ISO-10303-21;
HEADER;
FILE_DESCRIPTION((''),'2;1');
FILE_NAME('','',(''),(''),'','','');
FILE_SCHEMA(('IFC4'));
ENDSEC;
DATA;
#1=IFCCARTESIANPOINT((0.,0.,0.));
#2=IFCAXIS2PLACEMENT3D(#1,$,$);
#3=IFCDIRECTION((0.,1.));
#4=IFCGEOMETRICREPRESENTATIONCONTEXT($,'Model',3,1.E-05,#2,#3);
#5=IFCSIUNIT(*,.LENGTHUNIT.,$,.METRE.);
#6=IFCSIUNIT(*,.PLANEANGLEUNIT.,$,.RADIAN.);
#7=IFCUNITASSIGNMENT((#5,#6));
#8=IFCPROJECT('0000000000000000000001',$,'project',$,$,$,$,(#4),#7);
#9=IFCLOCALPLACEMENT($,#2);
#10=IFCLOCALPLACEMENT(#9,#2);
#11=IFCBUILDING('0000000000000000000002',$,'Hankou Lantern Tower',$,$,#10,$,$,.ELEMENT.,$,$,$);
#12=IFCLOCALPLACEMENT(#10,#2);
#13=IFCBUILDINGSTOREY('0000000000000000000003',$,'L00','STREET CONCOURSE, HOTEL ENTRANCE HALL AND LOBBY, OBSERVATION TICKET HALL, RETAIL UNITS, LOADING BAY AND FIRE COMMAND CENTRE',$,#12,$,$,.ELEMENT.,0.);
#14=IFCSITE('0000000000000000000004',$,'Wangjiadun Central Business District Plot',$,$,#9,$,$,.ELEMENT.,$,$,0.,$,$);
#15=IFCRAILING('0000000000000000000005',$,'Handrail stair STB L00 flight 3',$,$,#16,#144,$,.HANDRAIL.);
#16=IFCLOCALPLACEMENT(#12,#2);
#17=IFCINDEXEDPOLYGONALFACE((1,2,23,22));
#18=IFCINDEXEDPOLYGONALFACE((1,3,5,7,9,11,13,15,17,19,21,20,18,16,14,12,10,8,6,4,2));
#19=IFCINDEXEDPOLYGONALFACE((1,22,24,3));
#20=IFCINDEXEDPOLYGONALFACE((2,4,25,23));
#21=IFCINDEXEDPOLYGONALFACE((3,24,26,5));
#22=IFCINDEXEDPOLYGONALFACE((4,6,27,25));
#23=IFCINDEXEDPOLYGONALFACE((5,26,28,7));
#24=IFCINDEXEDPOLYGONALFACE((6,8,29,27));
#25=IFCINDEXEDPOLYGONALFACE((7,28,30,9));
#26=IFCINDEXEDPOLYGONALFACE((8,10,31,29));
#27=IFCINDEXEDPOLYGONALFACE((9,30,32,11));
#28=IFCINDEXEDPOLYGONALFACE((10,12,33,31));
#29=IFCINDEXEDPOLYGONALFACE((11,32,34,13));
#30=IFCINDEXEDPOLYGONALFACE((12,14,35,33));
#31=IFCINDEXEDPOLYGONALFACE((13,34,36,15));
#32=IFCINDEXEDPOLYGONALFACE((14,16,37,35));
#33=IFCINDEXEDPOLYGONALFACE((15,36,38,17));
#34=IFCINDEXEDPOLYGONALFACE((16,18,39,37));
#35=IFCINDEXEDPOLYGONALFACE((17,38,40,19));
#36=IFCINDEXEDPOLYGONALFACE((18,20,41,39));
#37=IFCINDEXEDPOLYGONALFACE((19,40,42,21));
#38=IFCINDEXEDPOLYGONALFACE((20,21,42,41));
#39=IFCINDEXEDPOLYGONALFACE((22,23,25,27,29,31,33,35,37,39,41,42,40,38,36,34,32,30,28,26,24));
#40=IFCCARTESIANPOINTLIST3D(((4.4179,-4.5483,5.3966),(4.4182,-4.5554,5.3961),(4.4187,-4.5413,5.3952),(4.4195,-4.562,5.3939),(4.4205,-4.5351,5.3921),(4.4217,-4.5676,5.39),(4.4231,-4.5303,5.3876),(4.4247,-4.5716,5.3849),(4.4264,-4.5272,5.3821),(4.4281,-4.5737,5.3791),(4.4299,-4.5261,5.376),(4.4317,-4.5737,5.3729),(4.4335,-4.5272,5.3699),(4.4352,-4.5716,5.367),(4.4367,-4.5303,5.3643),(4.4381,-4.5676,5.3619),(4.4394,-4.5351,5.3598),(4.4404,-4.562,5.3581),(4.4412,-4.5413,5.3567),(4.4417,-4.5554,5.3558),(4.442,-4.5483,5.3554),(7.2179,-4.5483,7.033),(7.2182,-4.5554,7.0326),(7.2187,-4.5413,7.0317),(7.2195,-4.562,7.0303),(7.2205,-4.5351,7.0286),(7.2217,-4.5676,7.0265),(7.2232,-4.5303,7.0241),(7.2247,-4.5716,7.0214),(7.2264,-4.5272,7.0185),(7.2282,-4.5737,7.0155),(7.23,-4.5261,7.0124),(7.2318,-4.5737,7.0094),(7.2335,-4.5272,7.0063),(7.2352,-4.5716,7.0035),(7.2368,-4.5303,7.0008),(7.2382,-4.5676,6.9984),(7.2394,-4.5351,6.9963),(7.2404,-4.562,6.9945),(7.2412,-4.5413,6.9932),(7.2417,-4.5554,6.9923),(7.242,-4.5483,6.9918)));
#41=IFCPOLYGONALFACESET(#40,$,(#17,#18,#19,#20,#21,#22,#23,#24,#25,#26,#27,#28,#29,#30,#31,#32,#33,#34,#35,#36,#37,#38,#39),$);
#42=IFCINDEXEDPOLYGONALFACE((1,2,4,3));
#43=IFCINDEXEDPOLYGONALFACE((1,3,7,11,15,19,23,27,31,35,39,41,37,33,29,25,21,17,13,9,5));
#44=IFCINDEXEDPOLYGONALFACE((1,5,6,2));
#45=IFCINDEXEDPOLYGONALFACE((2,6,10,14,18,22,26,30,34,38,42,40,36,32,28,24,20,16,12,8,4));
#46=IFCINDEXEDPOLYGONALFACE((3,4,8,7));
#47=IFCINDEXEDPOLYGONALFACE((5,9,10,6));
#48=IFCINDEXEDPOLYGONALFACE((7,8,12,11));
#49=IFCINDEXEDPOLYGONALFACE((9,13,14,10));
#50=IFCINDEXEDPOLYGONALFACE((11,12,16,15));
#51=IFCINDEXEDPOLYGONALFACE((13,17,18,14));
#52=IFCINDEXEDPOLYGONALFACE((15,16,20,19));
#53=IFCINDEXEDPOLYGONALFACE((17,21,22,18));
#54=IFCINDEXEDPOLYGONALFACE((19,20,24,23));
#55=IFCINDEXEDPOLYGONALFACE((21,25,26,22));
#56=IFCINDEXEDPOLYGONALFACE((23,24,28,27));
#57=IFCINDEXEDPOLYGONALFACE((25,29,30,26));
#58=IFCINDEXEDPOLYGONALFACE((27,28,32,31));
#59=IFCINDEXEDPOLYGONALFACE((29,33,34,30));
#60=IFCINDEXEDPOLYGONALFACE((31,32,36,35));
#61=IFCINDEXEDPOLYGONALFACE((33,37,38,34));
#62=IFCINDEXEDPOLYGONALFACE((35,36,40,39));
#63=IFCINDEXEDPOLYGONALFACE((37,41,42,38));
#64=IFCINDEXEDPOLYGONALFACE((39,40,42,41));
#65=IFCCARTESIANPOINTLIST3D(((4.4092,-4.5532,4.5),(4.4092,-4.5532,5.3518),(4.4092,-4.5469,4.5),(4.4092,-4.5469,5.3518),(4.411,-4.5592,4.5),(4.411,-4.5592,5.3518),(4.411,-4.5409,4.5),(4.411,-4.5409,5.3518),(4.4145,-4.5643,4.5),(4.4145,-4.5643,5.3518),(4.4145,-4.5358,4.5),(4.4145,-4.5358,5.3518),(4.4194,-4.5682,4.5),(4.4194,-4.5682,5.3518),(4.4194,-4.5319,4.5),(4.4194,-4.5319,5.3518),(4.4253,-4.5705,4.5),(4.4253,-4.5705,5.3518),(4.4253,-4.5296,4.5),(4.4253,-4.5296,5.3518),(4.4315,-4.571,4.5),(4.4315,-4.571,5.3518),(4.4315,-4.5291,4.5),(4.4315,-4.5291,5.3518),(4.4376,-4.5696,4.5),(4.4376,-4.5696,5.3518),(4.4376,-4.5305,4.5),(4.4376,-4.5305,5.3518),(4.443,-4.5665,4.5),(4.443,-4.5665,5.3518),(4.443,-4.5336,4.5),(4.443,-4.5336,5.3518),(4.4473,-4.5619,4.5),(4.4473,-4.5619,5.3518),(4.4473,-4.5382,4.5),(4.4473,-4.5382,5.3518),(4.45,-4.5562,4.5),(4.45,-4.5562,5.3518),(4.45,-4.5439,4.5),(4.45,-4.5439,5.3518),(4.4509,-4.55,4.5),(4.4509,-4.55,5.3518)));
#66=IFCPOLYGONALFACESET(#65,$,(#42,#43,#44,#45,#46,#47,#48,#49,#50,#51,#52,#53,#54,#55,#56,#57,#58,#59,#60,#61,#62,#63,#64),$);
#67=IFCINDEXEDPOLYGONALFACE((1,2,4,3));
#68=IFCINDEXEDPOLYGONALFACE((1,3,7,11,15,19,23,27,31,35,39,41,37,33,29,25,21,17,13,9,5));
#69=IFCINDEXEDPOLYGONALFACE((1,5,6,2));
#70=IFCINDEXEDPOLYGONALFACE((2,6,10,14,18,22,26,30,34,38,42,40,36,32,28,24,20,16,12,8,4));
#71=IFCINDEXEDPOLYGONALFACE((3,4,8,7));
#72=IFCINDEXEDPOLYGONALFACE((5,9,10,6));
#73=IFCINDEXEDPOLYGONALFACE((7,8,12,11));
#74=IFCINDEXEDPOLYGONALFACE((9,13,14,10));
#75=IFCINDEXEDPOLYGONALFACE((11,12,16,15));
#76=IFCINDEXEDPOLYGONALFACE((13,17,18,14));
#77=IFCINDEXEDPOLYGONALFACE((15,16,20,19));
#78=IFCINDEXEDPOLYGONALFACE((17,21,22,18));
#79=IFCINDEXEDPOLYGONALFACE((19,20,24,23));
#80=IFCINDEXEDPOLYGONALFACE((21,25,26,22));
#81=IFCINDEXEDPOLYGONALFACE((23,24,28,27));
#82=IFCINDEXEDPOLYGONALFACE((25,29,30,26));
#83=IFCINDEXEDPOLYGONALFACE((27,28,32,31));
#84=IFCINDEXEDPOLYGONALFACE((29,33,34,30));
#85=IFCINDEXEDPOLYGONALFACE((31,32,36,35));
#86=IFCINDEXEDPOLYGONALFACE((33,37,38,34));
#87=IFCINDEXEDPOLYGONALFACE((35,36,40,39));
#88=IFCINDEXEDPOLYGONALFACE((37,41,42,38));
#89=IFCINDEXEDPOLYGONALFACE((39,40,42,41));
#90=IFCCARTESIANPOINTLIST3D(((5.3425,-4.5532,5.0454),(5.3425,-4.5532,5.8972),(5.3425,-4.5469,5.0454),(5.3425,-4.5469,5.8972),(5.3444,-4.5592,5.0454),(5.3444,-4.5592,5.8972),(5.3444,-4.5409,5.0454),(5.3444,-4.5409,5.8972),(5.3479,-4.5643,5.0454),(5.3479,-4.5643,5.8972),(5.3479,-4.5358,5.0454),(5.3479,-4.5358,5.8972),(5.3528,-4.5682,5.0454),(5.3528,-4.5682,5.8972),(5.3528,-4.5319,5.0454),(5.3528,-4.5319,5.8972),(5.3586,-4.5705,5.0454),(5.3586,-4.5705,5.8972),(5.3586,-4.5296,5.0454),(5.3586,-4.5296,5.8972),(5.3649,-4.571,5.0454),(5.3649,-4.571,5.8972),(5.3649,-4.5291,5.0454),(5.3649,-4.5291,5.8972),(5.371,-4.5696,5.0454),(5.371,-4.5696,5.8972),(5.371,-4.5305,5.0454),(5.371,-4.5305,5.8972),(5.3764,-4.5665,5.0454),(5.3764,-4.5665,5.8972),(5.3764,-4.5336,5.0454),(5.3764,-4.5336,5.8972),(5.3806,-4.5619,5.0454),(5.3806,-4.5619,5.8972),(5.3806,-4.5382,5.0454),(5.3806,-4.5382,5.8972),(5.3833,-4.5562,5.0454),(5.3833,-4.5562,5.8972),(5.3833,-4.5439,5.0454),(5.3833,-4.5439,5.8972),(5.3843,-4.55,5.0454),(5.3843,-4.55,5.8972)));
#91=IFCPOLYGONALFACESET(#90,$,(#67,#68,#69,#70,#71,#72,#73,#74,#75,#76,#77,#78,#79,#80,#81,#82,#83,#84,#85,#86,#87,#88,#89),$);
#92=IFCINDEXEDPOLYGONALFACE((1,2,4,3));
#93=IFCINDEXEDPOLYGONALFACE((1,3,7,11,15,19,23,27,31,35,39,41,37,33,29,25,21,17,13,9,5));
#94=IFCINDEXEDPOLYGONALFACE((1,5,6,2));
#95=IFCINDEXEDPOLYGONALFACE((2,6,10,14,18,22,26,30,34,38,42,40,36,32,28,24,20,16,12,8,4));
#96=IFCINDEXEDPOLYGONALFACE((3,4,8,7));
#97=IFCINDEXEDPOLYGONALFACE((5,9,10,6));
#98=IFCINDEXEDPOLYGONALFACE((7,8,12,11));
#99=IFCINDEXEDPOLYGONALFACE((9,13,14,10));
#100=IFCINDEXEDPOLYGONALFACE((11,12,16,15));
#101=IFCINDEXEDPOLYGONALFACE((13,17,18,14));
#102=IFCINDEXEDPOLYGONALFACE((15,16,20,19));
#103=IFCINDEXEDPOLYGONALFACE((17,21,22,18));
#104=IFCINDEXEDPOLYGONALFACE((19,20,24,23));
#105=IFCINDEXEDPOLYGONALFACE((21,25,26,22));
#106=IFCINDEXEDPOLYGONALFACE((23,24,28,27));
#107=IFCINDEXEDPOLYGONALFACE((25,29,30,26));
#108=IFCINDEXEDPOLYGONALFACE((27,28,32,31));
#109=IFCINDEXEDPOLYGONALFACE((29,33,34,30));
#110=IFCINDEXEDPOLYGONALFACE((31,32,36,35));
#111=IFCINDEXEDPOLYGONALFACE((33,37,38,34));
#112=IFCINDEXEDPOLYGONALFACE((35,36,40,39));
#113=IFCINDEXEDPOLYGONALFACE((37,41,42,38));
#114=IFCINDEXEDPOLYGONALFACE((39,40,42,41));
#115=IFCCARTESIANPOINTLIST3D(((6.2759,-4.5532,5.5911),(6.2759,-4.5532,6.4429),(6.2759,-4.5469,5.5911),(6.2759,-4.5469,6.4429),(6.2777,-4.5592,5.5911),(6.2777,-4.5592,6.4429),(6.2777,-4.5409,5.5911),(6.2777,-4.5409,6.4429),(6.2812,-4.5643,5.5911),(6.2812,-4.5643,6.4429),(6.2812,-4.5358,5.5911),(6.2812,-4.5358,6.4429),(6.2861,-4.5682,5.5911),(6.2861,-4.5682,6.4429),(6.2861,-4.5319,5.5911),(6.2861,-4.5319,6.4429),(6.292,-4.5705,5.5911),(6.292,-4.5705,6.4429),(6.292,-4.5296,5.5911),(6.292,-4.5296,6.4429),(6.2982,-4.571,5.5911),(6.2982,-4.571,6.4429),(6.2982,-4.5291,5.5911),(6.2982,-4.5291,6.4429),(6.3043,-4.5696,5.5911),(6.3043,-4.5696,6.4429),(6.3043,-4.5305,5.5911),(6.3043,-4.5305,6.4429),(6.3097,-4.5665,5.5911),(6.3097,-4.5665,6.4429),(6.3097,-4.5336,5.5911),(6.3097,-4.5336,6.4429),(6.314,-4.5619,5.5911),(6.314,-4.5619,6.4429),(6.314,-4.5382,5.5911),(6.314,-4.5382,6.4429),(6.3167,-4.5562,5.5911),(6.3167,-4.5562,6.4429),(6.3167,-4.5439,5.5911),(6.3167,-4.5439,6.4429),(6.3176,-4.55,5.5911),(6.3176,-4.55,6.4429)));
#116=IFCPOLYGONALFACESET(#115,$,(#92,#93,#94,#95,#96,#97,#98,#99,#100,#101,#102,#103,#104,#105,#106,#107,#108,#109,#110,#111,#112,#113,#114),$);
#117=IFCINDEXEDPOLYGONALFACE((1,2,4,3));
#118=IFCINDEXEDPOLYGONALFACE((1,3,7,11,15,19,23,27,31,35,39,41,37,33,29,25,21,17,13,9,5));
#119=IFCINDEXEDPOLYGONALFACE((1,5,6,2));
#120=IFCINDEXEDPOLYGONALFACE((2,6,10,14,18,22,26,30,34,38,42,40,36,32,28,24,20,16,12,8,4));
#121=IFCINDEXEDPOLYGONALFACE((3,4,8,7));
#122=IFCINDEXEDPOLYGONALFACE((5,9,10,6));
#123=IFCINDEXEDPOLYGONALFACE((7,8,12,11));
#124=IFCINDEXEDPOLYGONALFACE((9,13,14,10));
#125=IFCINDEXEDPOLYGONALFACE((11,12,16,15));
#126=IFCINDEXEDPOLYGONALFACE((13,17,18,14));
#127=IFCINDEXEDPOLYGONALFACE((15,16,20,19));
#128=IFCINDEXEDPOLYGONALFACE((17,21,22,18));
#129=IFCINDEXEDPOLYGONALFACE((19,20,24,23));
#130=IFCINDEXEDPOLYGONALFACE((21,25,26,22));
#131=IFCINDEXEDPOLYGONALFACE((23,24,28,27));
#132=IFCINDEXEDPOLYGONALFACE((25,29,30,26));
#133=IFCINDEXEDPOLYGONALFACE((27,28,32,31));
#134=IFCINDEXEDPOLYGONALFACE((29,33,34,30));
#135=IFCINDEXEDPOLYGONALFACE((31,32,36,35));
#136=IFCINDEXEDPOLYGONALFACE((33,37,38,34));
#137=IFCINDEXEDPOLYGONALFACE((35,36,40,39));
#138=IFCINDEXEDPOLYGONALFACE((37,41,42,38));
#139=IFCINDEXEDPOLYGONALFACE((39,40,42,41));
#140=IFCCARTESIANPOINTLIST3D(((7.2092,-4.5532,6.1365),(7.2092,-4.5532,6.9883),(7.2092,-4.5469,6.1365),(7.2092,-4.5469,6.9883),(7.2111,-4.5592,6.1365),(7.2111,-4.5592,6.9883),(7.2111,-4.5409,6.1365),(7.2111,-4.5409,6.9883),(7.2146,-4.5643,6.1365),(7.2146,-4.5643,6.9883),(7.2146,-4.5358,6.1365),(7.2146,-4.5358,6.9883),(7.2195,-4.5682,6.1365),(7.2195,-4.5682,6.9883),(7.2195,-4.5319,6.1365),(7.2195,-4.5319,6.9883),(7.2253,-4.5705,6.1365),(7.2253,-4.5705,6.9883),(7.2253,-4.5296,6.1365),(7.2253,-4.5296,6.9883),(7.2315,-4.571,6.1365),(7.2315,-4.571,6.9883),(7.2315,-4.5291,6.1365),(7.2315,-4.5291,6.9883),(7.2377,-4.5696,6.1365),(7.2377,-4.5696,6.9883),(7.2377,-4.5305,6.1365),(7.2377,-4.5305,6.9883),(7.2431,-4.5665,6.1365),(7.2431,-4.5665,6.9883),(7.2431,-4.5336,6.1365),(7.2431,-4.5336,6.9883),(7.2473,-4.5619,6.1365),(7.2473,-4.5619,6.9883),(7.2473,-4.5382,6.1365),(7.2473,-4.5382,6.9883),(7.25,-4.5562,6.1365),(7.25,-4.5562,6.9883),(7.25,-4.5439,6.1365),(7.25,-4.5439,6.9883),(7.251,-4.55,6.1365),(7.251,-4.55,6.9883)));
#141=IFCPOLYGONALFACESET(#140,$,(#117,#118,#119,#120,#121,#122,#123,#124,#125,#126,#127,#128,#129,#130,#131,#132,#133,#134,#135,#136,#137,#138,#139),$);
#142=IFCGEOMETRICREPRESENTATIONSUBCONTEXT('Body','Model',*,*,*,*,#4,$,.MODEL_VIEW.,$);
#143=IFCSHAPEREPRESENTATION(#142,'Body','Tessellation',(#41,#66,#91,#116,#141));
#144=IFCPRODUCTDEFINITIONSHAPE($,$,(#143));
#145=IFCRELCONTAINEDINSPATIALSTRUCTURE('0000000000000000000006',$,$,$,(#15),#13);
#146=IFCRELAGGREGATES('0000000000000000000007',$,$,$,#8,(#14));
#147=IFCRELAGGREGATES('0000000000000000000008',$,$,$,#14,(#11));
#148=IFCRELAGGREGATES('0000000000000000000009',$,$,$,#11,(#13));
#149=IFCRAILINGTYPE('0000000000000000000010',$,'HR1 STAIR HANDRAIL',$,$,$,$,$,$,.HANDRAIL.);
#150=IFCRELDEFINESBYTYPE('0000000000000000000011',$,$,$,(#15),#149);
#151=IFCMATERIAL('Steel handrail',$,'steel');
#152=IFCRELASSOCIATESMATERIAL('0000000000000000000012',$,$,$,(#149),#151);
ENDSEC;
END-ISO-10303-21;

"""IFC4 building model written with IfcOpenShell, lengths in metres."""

from ifc_helpers import new_model, si_unit, direction, frame, origin, origin_2d, place, context, subcontext, project, spatial, circle, extrude, material, type_object, element, save


model = new_model("IFC4")

# Units and contexts
model_context = context("Model", 3, precision=1e-05, world=origin(), true_north=direction((0.0, 1.0)))
body_context = subcontext(model_context, "Body", "Model", "MODEL_VIEW")
ifc_project = project(units=[si_unit("LENGTHUNIT", "METRE"), si_unit("PLANEANGLEUNIT", "RADIAN")], contexts=[model_context])

# Site, building, storey
site_placement = place(None, origin())
site = spatial("IfcSite", under=ifc_project, at=site_placement, Name="Wangjiadun Central Business District Plot", CompositionType="ELEMENT", RefElevation=0.0)
building_placement = place(site_placement, origin())
building = spatial("IfcBuilding", under=site, at=building_placement, Name="Hankou Lantern Tower", CompositionType="ELEMENT")
storey_placement = place(building_placement, origin())
storey = spatial("IfcBuildingStorey", under=building, at=storey_placement, Name="L00", Description="STREET CONCOURSE, HOTEL ENTRANCE HALL AND LOBBY, OBSERVATION TICKET HALL, RETAIL UNITS, LOADING BAY AND FIRE COMMAND CENTRE", CompositionType="ELEMENT", Elevation=0.0)

# Railing
ifc_material_1 = material(Name="Steel handrail", Category="steel")
railing_type = type_object("IfcRailingType", Name="HR1 STAIR HANDRAIL", PredefinedType="HANDRAIL", material=ifc_material_1)
railing_1_placement = place(storey_placement, frame((4.4299, -4.55, 4.5)))
element("IfcRailing", 1, at=railing_1_placement, inside=storey, type_object=railing_type, Name="Handrail stair STB L00 flight 3", PredefinedType="HANDRAIL", context=body_context, shape_type="SweptSolid", body=[
    extrude(circle(Radius=0.0239, at=origin_2d()), frame((0.0, 0.0, 0.876), z_axis=(0.863361, 0.0, 0.504587), x_axis=(0.0, 1.0, 0.0)), (0.0, 0.0, 1.0), 3.2432),
    extrude(circle(Radius=0.021, at=origin_2d()), origin(), (0.0, 0.0, 1.0), 0.8518),
    extrude(circle(Radius=0.021, at=origin_2d()), frame((0.9333, 0.0, 0.5454)), (0.0, 0.0, 1.0), 0.8518),
    extrude(circle(Radius=0.021, at=origin_2d()), frame((1.8667, 0.0, 1.0911)), (0.0, 0.0, 1.0), 0.8518),
    extrude(circle(Radius=0.021, at=origin_2d()), frame((2.8, 0.0, 1.6365)), (0.0, 0.0, 1.0), 0.8518),
])

save(model, "model.ifc")
